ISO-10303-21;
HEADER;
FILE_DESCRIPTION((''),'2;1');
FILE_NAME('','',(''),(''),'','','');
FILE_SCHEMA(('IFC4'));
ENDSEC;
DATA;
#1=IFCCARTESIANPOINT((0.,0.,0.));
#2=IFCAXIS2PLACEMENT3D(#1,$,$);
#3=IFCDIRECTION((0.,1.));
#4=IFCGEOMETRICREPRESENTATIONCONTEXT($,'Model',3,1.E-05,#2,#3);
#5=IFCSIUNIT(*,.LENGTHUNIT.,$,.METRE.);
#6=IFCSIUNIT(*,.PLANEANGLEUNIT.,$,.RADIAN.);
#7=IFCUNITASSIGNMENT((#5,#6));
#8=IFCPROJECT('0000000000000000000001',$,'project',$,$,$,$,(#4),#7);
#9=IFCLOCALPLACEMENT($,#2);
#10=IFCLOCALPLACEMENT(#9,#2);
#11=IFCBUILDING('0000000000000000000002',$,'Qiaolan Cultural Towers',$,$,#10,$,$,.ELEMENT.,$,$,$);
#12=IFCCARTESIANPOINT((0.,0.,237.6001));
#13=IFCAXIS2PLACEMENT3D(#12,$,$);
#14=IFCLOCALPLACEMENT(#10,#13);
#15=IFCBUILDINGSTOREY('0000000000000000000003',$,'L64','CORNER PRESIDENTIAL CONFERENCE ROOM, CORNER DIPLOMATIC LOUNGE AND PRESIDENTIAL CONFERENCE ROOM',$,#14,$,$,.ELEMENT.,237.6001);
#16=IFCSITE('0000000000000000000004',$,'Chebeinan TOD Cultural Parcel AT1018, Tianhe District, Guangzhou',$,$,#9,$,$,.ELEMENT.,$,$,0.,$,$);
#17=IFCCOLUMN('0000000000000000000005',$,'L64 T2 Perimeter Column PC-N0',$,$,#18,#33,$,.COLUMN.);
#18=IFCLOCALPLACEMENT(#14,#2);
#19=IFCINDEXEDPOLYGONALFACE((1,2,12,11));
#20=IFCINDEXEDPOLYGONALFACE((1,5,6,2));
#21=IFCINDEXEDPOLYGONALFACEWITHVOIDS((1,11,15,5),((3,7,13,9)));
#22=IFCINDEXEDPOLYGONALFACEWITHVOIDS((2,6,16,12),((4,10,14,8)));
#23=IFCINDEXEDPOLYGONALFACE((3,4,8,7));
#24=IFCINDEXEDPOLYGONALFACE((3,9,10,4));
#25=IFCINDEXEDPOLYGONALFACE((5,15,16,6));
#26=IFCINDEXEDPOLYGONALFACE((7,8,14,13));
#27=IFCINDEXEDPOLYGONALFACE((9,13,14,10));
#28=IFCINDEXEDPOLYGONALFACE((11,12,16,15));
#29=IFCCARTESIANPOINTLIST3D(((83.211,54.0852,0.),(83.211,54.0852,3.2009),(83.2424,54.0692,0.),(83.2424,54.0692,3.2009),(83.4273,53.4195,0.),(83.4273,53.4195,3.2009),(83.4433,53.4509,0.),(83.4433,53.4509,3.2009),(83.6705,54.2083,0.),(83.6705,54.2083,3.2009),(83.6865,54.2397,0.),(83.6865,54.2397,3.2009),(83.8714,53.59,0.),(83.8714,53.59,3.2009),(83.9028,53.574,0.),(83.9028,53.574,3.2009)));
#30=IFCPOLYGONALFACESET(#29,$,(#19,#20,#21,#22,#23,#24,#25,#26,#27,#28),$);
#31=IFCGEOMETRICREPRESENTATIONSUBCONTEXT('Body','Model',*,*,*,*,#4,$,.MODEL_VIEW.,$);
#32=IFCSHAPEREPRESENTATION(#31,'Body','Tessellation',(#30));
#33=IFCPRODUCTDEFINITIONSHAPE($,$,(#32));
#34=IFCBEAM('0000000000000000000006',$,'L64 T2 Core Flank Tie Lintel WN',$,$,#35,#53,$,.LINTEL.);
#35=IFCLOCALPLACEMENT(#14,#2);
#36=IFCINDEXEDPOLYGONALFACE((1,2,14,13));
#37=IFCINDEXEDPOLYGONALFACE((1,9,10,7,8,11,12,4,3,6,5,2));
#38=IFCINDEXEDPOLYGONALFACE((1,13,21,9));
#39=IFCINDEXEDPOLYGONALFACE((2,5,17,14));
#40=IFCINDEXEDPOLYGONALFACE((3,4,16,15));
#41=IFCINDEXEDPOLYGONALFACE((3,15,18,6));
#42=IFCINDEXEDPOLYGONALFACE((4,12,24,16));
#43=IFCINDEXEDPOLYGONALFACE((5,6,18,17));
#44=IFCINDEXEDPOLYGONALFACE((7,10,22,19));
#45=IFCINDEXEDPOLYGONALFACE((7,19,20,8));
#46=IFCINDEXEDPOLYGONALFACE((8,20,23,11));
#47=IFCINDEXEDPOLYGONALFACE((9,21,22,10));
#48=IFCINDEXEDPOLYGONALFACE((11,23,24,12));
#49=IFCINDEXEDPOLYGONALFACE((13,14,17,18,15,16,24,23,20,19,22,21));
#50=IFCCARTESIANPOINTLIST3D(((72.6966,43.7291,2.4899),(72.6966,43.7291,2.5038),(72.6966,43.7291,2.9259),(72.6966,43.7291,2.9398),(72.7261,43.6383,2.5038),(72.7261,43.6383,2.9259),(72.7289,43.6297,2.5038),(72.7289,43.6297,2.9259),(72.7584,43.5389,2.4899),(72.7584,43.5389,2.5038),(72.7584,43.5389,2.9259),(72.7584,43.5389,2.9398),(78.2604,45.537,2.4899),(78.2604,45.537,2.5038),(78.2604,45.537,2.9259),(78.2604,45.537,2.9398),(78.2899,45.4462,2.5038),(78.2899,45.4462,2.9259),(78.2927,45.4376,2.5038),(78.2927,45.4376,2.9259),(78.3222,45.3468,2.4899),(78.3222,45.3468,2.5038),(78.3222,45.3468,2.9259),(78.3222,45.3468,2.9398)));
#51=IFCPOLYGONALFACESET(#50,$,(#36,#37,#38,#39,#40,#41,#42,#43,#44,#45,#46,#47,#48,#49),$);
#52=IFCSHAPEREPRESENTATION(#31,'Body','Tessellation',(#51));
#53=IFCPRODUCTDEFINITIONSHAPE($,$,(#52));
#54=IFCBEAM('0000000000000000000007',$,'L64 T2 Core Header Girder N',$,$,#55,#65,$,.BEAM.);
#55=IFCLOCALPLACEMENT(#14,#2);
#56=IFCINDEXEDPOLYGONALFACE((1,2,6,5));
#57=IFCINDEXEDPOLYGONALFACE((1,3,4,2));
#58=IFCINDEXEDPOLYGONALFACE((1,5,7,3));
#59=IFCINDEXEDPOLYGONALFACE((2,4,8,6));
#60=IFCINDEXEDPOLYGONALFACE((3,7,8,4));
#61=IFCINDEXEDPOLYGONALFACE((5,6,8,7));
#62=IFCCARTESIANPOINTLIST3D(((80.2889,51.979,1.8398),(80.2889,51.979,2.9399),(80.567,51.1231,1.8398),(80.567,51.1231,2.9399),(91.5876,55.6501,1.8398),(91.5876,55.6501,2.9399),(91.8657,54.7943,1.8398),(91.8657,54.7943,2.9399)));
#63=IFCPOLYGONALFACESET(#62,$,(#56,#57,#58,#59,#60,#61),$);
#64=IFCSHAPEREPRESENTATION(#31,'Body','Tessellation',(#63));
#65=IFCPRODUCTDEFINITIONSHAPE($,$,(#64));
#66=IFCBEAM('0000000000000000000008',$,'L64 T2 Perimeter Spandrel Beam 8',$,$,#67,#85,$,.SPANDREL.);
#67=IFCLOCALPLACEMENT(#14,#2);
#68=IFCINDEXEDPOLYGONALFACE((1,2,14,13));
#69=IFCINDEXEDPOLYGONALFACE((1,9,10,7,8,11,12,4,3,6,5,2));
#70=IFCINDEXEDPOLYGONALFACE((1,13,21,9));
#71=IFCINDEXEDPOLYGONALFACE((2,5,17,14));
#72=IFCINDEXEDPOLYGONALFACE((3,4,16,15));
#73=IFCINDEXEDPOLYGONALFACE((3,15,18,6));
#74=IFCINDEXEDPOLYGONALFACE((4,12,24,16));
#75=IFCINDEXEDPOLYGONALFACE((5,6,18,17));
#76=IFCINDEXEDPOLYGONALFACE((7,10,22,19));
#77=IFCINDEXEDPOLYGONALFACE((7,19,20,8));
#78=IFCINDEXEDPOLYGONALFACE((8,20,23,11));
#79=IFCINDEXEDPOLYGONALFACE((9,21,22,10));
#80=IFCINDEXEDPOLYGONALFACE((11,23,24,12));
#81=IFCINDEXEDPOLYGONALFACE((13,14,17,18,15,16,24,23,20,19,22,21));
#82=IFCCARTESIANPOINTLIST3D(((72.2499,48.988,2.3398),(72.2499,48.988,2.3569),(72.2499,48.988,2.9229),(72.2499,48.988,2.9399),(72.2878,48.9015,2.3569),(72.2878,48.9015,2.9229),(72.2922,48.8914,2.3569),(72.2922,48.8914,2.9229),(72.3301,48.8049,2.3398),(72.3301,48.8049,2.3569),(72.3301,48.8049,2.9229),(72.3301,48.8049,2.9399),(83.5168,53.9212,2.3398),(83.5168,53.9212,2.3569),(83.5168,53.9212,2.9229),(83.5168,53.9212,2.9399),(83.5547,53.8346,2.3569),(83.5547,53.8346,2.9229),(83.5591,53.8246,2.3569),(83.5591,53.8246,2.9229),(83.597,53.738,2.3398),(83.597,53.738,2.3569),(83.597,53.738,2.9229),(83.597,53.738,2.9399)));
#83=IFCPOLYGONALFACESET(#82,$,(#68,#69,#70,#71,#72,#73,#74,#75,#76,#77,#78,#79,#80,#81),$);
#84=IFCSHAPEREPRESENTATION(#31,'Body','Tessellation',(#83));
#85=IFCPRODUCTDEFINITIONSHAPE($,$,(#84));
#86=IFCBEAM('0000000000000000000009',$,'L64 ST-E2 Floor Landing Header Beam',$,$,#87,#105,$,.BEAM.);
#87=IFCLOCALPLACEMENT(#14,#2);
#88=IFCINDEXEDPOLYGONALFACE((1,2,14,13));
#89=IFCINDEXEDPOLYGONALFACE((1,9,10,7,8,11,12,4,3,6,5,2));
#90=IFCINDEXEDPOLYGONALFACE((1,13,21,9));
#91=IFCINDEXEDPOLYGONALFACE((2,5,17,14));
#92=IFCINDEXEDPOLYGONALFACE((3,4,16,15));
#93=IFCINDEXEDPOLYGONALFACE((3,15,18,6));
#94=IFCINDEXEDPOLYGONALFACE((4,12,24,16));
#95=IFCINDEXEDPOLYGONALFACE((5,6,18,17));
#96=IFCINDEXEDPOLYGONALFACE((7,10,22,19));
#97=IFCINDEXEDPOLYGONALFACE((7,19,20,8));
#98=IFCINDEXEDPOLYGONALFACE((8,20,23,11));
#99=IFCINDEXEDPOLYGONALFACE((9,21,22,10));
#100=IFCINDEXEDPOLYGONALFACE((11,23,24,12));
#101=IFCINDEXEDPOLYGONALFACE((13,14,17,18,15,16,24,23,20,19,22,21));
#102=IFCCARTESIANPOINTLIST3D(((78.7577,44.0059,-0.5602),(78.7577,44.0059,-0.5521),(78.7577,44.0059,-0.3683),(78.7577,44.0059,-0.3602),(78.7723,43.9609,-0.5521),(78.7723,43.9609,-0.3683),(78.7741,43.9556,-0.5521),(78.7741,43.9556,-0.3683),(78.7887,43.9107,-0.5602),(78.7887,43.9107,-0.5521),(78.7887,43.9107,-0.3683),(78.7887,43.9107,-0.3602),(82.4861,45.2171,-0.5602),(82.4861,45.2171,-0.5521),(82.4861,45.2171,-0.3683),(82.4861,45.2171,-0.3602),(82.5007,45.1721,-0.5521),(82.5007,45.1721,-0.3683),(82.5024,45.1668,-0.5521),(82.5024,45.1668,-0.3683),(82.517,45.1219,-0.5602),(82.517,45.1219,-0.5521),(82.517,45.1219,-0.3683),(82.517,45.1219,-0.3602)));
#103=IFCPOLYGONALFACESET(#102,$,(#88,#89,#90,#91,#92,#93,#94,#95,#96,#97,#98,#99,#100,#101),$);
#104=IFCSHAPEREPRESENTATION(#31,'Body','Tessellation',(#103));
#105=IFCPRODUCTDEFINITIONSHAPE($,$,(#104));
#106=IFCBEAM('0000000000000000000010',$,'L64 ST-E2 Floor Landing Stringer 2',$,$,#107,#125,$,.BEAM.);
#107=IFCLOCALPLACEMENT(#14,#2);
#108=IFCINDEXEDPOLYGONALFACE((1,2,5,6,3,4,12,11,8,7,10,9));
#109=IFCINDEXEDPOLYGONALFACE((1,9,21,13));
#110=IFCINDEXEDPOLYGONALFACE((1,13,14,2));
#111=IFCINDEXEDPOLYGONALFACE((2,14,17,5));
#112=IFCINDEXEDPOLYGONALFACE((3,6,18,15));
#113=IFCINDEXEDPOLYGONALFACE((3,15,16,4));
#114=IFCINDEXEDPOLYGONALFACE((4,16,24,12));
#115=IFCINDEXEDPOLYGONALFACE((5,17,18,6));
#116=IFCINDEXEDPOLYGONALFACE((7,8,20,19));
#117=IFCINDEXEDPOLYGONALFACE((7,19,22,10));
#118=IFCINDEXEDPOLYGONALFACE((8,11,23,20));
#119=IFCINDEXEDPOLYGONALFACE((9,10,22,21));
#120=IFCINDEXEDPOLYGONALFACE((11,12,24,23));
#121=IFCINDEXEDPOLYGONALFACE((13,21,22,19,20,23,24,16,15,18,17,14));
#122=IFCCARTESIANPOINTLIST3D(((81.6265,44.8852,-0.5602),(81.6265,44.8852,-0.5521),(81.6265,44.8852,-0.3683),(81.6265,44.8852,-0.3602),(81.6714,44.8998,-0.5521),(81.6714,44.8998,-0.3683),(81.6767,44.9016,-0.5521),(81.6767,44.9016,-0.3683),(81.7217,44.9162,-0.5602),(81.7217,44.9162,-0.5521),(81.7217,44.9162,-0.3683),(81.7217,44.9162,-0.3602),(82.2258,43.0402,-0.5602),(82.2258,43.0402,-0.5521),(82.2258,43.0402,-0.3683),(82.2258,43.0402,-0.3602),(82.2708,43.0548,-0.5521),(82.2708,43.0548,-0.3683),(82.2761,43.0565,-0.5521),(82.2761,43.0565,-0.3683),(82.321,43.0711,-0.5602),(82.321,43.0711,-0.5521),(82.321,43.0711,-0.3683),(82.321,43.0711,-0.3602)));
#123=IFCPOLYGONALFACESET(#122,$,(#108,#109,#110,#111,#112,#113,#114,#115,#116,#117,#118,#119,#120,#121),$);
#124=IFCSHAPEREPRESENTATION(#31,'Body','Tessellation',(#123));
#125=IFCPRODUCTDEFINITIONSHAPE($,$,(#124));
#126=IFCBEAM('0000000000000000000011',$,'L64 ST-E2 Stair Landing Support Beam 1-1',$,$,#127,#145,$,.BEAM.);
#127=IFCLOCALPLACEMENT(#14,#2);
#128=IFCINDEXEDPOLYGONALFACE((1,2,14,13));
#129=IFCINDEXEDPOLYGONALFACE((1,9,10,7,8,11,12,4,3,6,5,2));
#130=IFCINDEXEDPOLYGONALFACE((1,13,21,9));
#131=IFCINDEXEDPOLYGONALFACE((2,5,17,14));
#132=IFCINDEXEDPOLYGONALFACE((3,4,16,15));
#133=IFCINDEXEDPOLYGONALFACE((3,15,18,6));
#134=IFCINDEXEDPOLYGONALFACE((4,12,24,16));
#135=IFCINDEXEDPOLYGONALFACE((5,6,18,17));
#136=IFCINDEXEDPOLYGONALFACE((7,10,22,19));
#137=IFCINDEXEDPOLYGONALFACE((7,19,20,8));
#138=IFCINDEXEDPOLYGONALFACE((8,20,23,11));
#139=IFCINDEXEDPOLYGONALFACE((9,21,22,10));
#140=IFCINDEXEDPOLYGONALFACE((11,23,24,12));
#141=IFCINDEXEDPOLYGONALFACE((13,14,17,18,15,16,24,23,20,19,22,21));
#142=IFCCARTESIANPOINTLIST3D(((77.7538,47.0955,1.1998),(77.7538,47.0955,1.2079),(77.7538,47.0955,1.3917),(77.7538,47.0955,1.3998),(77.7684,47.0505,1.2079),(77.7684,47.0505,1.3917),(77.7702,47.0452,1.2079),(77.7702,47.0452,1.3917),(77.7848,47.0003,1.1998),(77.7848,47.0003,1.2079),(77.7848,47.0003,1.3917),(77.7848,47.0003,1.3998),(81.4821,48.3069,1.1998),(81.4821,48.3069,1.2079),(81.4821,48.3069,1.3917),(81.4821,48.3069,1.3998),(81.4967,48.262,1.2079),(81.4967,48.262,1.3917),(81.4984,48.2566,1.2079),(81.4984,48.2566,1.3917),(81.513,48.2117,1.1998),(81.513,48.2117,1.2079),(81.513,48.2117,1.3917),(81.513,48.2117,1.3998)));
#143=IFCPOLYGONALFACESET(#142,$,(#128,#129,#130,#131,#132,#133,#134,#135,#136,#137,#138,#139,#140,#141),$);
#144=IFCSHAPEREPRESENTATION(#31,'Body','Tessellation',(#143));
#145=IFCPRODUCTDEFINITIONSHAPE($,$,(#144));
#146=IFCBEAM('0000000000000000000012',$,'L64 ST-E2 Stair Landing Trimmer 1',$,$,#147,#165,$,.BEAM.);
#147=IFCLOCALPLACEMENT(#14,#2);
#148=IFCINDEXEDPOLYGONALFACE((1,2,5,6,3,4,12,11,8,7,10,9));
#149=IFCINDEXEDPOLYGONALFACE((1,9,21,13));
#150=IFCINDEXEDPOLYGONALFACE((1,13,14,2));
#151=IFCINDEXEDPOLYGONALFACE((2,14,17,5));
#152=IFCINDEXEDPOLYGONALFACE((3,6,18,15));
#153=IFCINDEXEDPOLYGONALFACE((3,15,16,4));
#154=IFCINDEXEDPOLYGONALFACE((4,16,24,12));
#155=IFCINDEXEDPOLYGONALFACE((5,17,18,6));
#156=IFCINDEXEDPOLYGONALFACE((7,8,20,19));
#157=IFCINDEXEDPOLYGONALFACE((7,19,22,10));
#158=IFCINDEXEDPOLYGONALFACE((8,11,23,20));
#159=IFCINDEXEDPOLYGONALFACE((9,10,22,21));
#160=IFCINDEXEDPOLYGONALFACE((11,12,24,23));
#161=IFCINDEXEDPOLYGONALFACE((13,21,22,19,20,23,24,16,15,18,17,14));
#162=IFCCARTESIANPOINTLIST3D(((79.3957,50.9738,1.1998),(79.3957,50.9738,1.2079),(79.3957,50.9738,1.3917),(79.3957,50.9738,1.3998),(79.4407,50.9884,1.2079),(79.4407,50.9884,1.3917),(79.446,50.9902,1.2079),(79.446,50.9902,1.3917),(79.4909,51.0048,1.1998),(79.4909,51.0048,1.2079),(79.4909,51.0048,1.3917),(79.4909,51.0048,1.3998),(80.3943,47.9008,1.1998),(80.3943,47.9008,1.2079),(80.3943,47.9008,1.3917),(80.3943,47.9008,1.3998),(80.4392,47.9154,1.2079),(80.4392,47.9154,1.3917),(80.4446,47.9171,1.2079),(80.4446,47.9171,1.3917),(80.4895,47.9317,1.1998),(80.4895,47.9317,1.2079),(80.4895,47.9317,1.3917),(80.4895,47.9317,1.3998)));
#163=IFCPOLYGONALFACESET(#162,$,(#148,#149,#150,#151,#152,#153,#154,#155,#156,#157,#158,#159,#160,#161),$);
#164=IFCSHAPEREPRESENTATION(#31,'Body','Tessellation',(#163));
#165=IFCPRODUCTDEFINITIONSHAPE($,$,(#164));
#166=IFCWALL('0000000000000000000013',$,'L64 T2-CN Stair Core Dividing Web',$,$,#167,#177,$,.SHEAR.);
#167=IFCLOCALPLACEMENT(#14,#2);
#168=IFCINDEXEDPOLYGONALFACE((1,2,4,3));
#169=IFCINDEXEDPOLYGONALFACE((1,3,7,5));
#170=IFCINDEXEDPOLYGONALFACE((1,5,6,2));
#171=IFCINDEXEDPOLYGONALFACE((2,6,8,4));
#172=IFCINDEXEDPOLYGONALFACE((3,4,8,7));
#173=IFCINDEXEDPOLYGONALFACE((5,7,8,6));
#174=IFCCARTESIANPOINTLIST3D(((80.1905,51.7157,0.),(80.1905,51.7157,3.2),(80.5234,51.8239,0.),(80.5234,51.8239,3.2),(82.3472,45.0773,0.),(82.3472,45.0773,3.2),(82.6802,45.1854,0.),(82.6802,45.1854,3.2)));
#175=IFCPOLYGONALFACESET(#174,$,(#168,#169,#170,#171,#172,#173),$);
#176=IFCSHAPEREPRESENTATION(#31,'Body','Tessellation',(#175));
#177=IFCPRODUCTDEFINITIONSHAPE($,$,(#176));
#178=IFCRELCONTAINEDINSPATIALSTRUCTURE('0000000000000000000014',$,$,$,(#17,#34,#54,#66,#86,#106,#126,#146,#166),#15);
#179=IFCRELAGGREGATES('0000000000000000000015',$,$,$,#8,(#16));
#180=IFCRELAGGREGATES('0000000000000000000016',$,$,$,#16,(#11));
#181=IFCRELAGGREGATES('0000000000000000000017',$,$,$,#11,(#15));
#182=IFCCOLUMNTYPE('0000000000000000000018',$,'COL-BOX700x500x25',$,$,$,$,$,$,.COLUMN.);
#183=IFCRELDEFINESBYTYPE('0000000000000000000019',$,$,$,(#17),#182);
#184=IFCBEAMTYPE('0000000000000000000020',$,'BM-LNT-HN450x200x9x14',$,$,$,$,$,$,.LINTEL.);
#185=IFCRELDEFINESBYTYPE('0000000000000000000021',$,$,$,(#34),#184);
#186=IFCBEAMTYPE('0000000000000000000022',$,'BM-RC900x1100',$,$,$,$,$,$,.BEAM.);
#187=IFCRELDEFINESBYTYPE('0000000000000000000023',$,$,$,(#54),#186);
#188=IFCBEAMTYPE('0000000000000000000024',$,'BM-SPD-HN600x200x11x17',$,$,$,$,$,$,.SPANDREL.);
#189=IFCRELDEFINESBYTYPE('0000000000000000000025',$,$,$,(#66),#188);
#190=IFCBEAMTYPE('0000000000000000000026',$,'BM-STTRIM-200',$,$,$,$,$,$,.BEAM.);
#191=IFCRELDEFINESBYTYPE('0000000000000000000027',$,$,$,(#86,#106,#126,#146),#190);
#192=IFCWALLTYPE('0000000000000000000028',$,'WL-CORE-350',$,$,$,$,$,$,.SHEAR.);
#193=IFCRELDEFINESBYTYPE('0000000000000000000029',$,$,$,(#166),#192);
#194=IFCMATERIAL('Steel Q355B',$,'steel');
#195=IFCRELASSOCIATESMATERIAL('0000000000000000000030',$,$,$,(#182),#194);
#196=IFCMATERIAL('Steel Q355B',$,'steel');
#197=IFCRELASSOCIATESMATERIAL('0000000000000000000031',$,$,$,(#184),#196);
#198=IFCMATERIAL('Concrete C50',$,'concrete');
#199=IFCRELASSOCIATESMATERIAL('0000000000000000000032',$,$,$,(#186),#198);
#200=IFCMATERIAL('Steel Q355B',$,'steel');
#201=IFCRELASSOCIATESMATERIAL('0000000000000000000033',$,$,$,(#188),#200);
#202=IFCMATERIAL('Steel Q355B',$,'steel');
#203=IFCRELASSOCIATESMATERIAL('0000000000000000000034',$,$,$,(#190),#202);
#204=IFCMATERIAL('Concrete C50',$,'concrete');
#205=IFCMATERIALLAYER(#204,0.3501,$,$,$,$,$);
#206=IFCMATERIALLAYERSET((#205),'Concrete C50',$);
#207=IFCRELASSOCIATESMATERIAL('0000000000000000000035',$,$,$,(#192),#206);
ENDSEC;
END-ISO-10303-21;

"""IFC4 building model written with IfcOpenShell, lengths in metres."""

from ifc_helpers import new_model, si_unit, direction, frame, frame_2d, origin, origin_2d, place, context, subcontext, project, spatial, rectangle, hollow_rectangle, i_section, extrude, material, layer, layer_set, material_profile, profile_set, type_object, element, save


model = new_model("IFC4")

# Units and contexts
model_context = context("Model", 3, precision=1e-05, world=origin(), true_north=direction((0.0, 1.0)))
body_context = subcontext(model_context, "Body", "Model", "MODEL_VIEW")
ifc_project = project(units=[si_unit("LENGTHUNIT", "METRE"), si_unit("PLANEANGLEUNIT", "RADIAN")], contexts=[model_context])

# Site, building, storey
site_placement = place(None, origin())
site = spatial("IfcSite", under=ifc_project, at=site_placement, Name="Chebeinan TOD Cultural Parcel AT1018, Tianhe District, Guangzhou", CompositionType="ELEMENT", RefElevation=0.0)
building_placement = place(site_placement, origin())
building = spatial("IfcBuilding", under=site, at=building_placement, Name="Qiaolan Cultural Towers", CompositionType="ELEMENT")
storey_placement = place(building_placement, frame((0.0, 0.0, 237.6001)))
storey = spatial("IfcBuildingStorey", under=building, at=storey_placement, Name="L64", Description="CORNER PRESIDENTIAL CONFERENCE ROOM, CORNER DIPLOMATIC LOUNGE AND PRESIDENTIAL CONFERENCE ROOM", CompositionType="ELEMENT", Elevation=237.6001)

# Column
ifc_material_1 = material(Name="Steel Q355B", Category="steel")
ifc_material_profile_1 = material_profile(ifc_material_1, hollow_rectangle(XDim=0.5, YDim=0.7, WallThickness=0.0249, at=origin_2d()), Name="BOX700x500x25")
ifc_profile_set_1 = profile_set([ifc_material_profile_1], Name="Steel Q355B")
column_type = type_object("IfcColumnType", Name="COL-BOX700x500x25", PredefinedType="COLUMN", material=ifc_profile_set_1)
column_placement = place(storey_placement, frame((83.5569, 53.8296, 0.0), z_axis=(0.0, 0.0, 1.0), x_axis=(0.951057, 0.309017, 0.0)))
element("IfcColumn", 1, at=column_placement, inside=storey, type_object=column_type, Name="L64 T2 Perimeter Column PC-N0", PredefinedType="COLUMN", context=body_context, shape_type="SweptSolid", body=[
    extrude(hollow_rectangle(XDim=0.5, YDim=0.7, WallThickness=0.0249, at=origin_2d()), origin(), (0.0, 0.0, 1.0), 3.2009),
])

# Beams
ifc_material_2 = material(Name="Steel Q355B", Category="steel")
ifc_material_profile_2 = material_profile(ifc_material_2, i_section(OverallWidth=0.2, OverallDepth=0.45, WebThickness=0.009, FlangeThickness=0.0139, at=origin_2d()), Name="HN450x200x9x14")
ifc_profile_set_2 = profile_set([ifc_material_profile_2], Name="Steel Q355B")
beam_type_1 = type_object("IfcBeamType", Name="BM-LNT-HN450x200x9x14", PredefinedType="LINTEL", material=ifc_profile_set_2)
beam_1_placement = place(storey_placement, frame((78.2913, 45.4419, 2.7148), z_axis=(-0.951052, -0.309032, 0.0), x_axis=(0.309032, -0.951052, 0.0)))
element("IfcBeam", 2, at=beam_1_placement, inside=storey, type_object=beam_type_1, Name="L64 T2 Core Flank Tie Lintel WN", PredefinedType="LINTEL", context=body_context, shape_type="SweptSolid", body=[
    extrude(i_section(OverallWidth=0.2, OverallDepth=0.45, WebThickness=0.009, FlangeThickness=0.0139, at=origin_2d()), origin(), (0.0, 0.0, 1.0), 5.8501),
])
ifc_material_3 = material(Name="Concrete C50", Category="concrete")
ifc_material_profile_3 = material_profile(ifc_material_3, rectangle(XDim=0.8999, YDim=1.1001, at=origin_2d()), Name="RC900x1100")
ifc_profile_set_3 = profile_set([ifc_material_profile_3], Name="Concrete C50")
beam_type_2 = type_object("IfcBeamType", Name="BM-RC900x1100", PredefinedType="BEAM", material=ifc_profile_set_3)
beam_2_placement = place(storey_placement, frame((80.428, 51.551, 2.3899), z_axis=(0.951056, 0.309018, 0.0), x_axis=(-0.309018, 0.951056, 0.0)))
element("IfcBeam", 3, at=beam_2_placement, inside=storey, type_object=beam_type_2, Name="L64 T2 Core Header Girder N", PredefinedType="BEAM", context=body_context, shape_type="SweptSolid", body=[
    extrude(rectangle(XDim=0.8999, YDim=1.1001, at=origin_2d()), origin(), (0.0, 0.0, 1.0), 11.8801),
])
ifc_material_4 = material(Name="Steel Q355B", Category="steel")
ifc_material_profile_4 = material_profile(ifc_material_4, i_section(OverallWidth=0.2, OverallDepth=0.6001, WebThickness=0.011, FlangeThickness=0.0171, at=origin_2d()), Name="HN600x200x11x17")
ifc_profile_set_4 = profile_set([ifc_material_profile_4], Name="Steel Q355B")
beam_type_3 = type_object("IfcBeamType", Name="BM-SPD-HN600x200x11x17", PredefinedType="SPANDREL", material=ifc_profile_set_4)
beam_3_placement = place(storey_placement, frame((83.5569, 53.8296, 2.6399), z_axis=(-0.916042, -0.401082, 0.0), x_axis=(0.401082, -0.916042, 0.0)))
element("IfcBeam", 4, at=beam_3_placement, inside=storey, type_object=beam_type_3, Name="L64 T2 Perimeter Spandrel Beam 8", PredefinedType="SPANDREL", context=body_context, shape_type="SweptSolid", body=[
    extrude(i_section(OverallWidth=0.2, OverallDepth=0.6001, WebThickness=0.011, FlangeThickness=0.0171, at=origin_2d()), origin(), (0.0, 0.0, 1.0), 12.2996),
])
ifc_material_5 = material(Name="Steel Q355B", Category="steel")
ifc_material_profile_5 = material_profile(ifc_material_5, i_section(OverallWidth=0.1001, OverallDepth=0.2, WebThickness=0.0056, FlangeThickness=0.0081, at=origin_2d()), Name="HN200x100x5.5x8")
ifc_profile_set_5 = profile_set([ifc_material_profile_5], Name="Steel Q355B")
beam_type_4 = type_object("IfcBeamType", Name="BM-STTRIM-200", PredefinedType="BEAM", material=ifc_profile_set_5)
beam_4_placement = place(storey_placement, frame((78.7732, 43.9583, -0.4602), z_axis=(0.951072, 0.308969, 0.0), x_axis=(-0.308969, 0.951072, 0.0)))
element("IfcBeam", 5, at=beam_4_placement, inside=storey, type_object=beam_type_4, Name="L64 ST-E2 Floor Landing Header Beam", PredefinedType="BEAM", context=body_context, shape_type="SweptSolid", body=[
    extrude(i_section(OverallWidth=0.1001, OverallDepth=0.2, WebThickness=0.0056, FlangeThickness=0.0081, at=origin_2d()), origin(), (0.0, 0.0, 1.0), 3.9202),
])
beam_5_placement = place(storey_placement, frame((82.2734, 43.0557, -0.4602), z_axis=(-0.308969, 0.951072, 0.0), x_axis=(-0.951072, -0.308969, 0.0)))
element("IfcBeam", 6, at=beam_5_placement, inside=storey, type_object=beam_type_4, Name="L64 ST-E2 Floor Landing Stringer 2", PredefinedType="BEAM", context=body_context, shape_type="SweptSolid", body=[
    extrude(i_section(OverallWidth=0.1001, OverallDepth=0.2, WebThickness=0.0056, FlangeThickness=0.0081, at=origin_2d()), origin(), (0.0, 0.0, 1.0), 1.9399),
])
beam_6_placement = place(storey_placement, frame((77.7693, 47.0479, 1.2998), z_axis=(0.951054, 0.309026, 0.0), x_axis=(-0.309026, 0.951054, 0.0)))
element("IfcBeam", 7, at=beam_6_placement, inside=storey, type_object=beam_type_4, Name="L64 ST-E2 Stair Landing Support Beam 1-1", PredefinedType="BEAM", context=body_context, shape_type="SweptSolid", body=[
    extrude(i_section(OverallWidth=0.1001, OverallDepth=0.2, WebThickness=0.0056, FlangeThickness=0.0081, at=origin_2d()), origin(), (0.0, 0.0, 1.0), 3.9202),
])
beam_7_placement = place(storey_placement, frame((80.4419, 47.9163, 1.2998), z_axis=(-0.309033, 0.951051, 0.0), x_axis=(-0.951051, -0.309033, 0.0)))
element("IfcBeam", 8, at=beam_7_placement, inside=storey, type_object=beam_type_4, Name="L64 ST-E2 Stair Landing Trimmer 1", PredefinedType="BEAM", context=body_context, shape_type="SweptSolid", body=[
    extrude(i_section(OverallWidth=0.1001, OverallDepth=0.2, WebThickness=0.0056, FlangeThickness=0.0081, at=origin_2d()), origin(), (0.0, 0.0, 1.0), 3.2312),
])

# Wall
ifc_material_6 = material(Name="Concrete C50", Category="concrete")
ifc_layer_1 = layer(ifc_material_6, 0.3501)
ifc_layer_set_1 = layer_set([ifc_layer_1], Name="Concrete C50")
wall_type_1 = type_object("IfcWallType", Name="WL-CORE-350", PredefinedType="SHEAR", material=ifc_layer_set_1)
wall_1_placement = place(storey_placement, frame((82.5137, 45.1313, 0.0), z_axis=(0.0, 0.0, 1.0), x_axis=(-0.308989, 0.951066, 0.0)))
element("IfcWall", 9, at=wall_1_placement, inside=storey, type_object=wall_type_1, Name="L64 T2-CN Stair Core Dividing Web", PredefinedType="SHEAR", context=body_context, shape_type="SweptSolid", body=[
    extrude(rectangle(XDim=6.98, YDim=0.3501, at=frame_2d((3.49, 0.0))), origin(), (0.0, 0.0, 1.0), 3.2),
])

save(model, "model.ifc")
